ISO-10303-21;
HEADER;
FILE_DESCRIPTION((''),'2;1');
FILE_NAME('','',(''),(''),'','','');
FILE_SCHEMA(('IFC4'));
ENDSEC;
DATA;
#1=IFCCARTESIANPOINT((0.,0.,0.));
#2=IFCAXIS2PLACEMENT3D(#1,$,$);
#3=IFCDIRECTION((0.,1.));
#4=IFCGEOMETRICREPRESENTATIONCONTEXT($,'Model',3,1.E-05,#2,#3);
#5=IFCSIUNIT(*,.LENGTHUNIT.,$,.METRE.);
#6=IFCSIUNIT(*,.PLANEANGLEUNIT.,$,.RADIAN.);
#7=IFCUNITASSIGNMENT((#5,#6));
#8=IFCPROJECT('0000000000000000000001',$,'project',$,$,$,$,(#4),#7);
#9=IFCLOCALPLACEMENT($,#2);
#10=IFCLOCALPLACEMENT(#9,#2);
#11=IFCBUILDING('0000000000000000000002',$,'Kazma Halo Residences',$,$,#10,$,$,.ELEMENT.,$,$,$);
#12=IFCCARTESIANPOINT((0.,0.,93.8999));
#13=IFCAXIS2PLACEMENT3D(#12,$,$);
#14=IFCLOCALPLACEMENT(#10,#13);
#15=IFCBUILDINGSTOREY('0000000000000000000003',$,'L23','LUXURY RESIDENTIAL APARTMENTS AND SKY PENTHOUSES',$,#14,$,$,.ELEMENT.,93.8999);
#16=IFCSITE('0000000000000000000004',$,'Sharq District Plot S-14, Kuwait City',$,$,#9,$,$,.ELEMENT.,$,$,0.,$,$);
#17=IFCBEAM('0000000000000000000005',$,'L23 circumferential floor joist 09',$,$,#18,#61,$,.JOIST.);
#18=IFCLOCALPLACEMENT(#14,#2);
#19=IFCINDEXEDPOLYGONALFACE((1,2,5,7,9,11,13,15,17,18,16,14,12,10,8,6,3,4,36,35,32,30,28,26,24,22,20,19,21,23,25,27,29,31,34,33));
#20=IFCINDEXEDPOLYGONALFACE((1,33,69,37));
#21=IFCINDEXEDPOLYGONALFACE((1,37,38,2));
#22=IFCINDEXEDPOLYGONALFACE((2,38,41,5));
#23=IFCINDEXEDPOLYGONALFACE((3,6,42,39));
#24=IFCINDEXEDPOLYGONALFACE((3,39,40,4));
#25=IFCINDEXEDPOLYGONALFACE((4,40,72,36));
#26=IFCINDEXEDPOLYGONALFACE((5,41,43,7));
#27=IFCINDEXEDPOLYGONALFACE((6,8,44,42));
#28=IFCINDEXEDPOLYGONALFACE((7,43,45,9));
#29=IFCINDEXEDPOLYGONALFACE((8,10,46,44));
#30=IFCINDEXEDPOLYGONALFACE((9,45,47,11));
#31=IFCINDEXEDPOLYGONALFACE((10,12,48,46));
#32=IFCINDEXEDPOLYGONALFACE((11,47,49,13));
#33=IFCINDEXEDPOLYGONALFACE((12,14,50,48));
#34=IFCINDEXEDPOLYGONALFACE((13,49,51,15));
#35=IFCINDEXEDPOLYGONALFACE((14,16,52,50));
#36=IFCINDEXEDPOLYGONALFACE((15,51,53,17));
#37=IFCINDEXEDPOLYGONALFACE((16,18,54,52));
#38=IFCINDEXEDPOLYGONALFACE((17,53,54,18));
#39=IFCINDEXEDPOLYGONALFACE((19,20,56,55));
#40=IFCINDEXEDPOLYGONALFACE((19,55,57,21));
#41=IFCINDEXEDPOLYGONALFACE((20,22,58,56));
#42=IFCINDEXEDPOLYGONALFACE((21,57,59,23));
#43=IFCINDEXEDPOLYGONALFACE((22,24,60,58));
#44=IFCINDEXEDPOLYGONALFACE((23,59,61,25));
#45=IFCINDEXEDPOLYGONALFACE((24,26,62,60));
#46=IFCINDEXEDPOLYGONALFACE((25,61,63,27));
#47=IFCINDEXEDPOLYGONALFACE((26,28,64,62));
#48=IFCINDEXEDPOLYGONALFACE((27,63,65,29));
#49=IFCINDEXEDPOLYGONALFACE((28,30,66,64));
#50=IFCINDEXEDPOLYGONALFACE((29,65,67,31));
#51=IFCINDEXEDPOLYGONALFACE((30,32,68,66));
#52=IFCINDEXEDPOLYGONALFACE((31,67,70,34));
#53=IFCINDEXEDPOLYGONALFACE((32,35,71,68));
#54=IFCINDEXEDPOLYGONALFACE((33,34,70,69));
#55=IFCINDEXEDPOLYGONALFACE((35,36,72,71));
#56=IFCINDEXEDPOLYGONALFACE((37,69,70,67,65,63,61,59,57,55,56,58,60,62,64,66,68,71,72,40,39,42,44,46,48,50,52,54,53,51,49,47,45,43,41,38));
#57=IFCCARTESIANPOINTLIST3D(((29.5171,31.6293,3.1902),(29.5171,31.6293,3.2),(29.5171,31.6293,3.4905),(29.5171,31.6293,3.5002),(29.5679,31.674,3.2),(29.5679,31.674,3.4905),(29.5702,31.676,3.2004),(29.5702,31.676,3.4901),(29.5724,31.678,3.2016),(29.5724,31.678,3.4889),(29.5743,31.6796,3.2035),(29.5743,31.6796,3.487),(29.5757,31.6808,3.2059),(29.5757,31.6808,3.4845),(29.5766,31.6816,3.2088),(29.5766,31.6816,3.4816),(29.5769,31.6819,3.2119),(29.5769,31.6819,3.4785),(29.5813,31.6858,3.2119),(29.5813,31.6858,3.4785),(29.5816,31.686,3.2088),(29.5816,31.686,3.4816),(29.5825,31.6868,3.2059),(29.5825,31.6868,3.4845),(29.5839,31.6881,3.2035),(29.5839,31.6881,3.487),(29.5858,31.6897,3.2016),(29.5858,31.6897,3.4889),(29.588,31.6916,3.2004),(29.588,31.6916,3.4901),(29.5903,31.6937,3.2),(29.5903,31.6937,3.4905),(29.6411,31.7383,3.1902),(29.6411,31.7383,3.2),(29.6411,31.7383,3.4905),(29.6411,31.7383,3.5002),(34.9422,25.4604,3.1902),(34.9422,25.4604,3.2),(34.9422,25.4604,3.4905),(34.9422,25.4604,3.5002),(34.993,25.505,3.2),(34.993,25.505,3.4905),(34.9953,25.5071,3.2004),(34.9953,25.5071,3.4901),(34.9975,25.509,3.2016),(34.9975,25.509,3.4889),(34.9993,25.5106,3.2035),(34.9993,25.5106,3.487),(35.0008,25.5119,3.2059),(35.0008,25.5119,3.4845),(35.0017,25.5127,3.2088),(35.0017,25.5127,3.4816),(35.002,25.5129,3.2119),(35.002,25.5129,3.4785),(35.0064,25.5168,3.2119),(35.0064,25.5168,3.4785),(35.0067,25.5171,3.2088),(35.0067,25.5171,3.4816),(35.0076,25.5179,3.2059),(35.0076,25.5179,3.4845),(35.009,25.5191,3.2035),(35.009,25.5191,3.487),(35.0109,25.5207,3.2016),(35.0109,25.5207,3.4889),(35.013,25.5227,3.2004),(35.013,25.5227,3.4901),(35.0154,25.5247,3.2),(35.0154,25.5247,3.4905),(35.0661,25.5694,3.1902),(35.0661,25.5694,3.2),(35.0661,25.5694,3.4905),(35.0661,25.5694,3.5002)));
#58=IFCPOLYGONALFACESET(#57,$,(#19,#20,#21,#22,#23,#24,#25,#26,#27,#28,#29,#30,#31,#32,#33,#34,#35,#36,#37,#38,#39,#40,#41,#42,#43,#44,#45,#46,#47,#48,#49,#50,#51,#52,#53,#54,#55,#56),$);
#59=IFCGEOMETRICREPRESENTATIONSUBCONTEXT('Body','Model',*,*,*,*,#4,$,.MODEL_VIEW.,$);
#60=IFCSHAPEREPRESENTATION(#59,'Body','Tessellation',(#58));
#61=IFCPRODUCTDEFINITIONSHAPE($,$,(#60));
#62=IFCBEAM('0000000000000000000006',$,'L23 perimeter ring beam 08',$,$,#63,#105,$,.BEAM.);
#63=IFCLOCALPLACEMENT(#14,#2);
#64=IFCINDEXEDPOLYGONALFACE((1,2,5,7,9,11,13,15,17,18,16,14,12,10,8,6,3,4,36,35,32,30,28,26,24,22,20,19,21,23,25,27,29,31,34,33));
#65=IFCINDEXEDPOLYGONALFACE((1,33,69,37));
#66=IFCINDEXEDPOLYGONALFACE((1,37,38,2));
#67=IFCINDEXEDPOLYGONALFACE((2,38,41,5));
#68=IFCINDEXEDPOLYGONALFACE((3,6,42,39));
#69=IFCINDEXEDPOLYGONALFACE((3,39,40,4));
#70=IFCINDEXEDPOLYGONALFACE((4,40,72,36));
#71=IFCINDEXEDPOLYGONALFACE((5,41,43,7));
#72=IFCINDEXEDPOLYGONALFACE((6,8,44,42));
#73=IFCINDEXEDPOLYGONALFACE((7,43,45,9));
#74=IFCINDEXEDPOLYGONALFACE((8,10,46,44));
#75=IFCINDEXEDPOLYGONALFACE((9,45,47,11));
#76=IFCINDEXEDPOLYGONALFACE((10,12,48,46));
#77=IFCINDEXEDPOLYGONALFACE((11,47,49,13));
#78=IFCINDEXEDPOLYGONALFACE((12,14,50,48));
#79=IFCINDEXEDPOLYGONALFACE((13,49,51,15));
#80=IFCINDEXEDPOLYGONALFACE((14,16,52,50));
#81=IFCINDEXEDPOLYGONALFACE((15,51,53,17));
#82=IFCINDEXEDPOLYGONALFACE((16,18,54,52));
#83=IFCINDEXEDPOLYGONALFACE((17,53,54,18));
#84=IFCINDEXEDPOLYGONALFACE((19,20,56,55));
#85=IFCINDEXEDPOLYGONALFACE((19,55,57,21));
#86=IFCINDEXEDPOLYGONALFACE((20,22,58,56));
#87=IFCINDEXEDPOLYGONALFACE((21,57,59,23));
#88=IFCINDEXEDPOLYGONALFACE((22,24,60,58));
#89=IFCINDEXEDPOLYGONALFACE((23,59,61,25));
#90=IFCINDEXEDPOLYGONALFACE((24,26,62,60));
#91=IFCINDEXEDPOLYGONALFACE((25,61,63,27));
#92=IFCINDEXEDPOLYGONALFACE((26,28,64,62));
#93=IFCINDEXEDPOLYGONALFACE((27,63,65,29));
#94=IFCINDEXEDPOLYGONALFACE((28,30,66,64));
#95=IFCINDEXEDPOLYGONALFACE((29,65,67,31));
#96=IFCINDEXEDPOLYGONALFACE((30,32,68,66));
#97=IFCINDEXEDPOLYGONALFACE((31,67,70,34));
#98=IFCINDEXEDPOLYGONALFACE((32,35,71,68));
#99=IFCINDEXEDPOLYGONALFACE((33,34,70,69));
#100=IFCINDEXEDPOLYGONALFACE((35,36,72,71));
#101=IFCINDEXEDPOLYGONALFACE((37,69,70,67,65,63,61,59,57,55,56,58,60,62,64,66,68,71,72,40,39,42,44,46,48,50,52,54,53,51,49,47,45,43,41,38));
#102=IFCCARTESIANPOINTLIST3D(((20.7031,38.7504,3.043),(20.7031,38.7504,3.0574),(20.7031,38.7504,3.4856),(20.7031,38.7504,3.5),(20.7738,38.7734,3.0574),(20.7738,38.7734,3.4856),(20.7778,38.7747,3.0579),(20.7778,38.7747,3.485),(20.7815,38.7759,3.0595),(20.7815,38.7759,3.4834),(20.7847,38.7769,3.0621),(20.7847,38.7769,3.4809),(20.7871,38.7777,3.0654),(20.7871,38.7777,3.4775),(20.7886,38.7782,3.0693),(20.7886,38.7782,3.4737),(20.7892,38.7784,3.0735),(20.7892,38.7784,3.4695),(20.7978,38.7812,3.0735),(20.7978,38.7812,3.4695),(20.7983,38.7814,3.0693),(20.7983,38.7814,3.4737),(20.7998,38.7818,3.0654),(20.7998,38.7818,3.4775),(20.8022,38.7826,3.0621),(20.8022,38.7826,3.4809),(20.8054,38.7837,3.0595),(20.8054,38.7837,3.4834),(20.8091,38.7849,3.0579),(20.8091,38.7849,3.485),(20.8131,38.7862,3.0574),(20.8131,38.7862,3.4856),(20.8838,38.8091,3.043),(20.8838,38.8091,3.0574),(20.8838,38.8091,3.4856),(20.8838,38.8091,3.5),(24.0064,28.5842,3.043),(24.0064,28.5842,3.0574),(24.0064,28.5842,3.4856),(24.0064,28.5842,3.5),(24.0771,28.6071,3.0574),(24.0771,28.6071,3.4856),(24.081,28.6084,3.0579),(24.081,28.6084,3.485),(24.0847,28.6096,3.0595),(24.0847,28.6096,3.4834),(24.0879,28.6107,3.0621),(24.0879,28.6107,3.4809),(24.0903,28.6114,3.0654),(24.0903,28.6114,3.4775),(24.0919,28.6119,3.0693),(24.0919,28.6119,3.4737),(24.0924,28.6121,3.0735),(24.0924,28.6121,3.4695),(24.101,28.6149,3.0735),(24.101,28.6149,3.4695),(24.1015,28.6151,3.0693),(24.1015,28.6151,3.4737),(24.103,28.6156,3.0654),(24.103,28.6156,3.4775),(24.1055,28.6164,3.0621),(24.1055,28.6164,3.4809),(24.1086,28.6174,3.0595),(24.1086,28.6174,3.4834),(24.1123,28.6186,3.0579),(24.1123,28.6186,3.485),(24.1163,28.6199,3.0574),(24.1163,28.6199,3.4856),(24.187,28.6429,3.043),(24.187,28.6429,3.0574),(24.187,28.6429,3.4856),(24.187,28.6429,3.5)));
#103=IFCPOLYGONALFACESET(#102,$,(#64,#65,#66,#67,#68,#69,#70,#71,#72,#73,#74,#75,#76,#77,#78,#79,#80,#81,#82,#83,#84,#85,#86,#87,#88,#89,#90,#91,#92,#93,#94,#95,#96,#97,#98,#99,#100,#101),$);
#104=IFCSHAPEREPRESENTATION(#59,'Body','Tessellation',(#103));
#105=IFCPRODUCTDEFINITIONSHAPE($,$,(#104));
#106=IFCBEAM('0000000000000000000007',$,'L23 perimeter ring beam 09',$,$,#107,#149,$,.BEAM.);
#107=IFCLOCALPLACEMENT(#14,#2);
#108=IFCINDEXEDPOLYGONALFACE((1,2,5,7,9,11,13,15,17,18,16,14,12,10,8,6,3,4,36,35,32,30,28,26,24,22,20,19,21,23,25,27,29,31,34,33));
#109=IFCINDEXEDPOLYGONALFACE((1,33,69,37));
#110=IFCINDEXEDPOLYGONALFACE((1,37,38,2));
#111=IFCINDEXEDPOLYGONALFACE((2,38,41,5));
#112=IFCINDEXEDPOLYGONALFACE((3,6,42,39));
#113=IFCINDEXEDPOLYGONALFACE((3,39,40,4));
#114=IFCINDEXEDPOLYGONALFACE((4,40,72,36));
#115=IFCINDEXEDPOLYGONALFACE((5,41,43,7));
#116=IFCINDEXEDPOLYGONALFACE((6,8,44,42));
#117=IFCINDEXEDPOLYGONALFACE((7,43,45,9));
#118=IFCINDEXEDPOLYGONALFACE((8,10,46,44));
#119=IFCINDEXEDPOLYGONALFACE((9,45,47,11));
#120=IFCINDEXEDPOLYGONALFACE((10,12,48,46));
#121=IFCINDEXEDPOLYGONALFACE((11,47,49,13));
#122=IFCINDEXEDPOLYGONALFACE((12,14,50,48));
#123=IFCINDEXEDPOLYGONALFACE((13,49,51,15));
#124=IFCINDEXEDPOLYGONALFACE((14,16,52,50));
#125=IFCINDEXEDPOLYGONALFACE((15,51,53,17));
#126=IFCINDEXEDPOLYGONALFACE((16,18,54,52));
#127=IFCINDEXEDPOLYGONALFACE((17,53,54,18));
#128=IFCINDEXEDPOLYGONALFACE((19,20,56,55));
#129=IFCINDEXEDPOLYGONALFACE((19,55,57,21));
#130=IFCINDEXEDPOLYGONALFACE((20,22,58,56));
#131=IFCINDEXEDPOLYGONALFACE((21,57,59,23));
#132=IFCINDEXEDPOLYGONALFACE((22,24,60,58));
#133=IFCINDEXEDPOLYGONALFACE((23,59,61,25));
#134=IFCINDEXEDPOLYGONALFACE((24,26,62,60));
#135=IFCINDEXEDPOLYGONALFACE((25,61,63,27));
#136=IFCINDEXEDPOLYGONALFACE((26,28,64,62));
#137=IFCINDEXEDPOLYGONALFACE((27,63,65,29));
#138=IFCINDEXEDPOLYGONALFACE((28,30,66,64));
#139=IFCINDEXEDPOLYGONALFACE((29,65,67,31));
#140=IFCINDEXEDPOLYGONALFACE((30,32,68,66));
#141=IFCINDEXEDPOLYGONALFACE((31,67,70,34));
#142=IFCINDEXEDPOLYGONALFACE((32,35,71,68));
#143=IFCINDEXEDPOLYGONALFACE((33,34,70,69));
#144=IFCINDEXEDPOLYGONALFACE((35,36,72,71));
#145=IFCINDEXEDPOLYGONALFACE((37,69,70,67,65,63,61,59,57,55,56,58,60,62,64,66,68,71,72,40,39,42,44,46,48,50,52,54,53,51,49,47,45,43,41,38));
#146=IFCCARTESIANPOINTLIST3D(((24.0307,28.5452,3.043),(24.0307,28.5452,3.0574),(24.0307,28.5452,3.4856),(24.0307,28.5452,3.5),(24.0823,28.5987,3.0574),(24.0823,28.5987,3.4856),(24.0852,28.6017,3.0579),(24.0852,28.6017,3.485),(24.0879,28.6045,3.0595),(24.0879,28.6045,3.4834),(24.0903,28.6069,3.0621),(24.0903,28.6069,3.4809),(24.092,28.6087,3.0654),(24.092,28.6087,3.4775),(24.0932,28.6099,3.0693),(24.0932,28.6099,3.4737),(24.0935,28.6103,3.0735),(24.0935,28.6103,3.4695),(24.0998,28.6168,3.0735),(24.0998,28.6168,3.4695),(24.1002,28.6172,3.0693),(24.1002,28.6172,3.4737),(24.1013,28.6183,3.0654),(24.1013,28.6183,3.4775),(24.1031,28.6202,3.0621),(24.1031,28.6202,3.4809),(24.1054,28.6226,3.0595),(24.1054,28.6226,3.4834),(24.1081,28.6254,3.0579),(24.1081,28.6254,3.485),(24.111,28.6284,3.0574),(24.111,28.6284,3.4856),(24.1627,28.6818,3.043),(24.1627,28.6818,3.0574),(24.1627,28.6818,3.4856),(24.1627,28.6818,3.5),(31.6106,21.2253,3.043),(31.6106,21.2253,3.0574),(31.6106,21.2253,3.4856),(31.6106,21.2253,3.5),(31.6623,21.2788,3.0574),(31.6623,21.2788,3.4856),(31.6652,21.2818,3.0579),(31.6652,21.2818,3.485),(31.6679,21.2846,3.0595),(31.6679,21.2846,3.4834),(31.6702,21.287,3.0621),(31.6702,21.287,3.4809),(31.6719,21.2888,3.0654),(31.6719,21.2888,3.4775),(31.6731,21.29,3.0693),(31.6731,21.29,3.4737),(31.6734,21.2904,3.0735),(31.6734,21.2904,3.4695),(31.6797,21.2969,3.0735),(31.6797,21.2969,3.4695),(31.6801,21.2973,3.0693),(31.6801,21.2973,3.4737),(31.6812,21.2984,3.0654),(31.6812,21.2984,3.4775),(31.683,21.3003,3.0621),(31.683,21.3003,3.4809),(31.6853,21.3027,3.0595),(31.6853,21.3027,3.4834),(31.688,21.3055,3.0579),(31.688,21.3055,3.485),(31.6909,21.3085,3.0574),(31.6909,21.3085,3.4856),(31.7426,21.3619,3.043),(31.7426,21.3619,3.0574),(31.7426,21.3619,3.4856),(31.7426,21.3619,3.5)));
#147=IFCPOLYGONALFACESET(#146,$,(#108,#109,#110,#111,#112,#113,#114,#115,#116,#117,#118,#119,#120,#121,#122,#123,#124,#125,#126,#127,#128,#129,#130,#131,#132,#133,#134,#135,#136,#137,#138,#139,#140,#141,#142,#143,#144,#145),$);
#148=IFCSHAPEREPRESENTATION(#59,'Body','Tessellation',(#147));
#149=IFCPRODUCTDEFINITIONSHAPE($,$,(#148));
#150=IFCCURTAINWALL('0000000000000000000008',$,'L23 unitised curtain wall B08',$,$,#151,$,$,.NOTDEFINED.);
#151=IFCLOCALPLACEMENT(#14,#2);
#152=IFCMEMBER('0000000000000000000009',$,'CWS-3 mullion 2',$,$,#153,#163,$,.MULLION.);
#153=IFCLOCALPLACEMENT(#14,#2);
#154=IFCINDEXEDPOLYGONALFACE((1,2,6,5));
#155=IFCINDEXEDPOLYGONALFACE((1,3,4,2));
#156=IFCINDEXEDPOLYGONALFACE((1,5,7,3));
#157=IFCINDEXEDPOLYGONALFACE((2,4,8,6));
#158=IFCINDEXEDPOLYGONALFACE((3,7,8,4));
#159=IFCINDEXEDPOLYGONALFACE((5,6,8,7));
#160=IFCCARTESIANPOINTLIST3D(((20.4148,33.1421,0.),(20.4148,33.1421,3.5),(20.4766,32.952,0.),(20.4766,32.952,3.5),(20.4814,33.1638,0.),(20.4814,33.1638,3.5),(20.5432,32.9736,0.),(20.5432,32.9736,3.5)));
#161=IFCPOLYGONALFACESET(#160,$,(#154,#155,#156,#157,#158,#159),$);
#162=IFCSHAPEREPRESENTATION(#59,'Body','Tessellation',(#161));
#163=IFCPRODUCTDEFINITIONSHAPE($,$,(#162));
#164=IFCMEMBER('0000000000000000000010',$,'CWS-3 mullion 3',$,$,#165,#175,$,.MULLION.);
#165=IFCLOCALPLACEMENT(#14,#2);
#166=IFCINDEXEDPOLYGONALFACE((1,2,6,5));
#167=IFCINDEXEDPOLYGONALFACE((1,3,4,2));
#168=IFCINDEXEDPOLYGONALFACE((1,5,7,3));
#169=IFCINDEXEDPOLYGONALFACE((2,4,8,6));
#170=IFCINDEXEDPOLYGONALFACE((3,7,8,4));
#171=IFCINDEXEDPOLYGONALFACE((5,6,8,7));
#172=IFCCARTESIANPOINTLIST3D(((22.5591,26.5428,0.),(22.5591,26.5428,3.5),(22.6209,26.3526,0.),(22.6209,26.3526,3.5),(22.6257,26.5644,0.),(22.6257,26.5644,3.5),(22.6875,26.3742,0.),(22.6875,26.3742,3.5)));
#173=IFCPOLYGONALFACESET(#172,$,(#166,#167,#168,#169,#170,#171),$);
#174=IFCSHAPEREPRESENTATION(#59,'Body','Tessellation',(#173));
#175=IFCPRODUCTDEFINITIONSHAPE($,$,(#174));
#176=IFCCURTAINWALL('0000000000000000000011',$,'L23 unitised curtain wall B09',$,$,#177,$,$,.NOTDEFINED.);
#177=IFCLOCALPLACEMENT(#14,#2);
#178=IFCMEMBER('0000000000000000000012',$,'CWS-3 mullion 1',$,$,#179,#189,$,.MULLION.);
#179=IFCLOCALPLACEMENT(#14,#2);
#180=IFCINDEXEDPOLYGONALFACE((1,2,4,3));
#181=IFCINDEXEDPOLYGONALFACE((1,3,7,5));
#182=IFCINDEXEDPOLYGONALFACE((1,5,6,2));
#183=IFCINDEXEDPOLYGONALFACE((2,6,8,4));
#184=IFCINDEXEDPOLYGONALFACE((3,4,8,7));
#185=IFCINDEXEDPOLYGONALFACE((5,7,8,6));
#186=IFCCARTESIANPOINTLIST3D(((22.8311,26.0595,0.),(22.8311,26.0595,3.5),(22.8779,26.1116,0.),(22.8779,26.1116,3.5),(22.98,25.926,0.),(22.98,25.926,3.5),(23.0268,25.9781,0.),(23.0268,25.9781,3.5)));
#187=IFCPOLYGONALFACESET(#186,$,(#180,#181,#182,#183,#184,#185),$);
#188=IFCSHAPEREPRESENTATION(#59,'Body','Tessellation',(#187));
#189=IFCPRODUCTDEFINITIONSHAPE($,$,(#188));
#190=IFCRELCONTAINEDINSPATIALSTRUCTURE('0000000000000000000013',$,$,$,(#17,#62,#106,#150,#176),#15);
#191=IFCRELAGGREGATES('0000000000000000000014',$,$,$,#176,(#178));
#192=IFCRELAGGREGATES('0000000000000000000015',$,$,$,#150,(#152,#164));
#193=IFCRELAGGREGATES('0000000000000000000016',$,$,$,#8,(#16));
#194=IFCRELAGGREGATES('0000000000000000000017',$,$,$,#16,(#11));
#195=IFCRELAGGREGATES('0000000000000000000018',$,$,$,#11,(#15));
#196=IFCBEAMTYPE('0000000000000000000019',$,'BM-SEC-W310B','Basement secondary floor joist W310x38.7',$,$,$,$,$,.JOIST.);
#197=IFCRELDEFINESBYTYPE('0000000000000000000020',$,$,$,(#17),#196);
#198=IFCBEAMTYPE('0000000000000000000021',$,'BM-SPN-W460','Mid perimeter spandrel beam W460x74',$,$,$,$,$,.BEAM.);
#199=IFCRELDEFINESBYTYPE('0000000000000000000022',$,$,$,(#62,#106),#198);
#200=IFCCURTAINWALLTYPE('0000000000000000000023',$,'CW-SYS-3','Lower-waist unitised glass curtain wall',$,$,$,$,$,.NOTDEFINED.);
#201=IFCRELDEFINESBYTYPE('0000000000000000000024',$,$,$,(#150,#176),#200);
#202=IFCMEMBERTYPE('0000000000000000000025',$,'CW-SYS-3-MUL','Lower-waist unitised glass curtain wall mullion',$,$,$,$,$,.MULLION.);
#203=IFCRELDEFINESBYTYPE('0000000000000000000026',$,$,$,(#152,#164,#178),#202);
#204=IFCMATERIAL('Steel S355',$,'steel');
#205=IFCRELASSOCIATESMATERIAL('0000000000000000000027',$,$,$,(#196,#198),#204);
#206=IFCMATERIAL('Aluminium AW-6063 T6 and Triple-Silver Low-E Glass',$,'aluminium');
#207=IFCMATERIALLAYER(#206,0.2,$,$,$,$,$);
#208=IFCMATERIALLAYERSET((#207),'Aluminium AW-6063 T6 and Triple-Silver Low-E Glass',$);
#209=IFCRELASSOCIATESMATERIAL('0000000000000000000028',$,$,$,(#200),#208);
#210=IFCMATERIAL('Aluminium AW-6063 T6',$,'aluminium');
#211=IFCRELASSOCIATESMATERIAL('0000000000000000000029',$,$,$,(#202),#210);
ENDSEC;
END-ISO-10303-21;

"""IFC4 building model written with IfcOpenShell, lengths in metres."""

from ifc_helpers import new_model, si_unit, direction, frame, origin, origin_2d, place, context, subcontext, project, spatial, rectangle, i_section, extrude, material, layer, layer_set, material_profile, profile_set, type_object, element, aggregate, save


model = new_model("IFC4")

# Units and contexts
model_context = context("Model", 3, precision=1e-05, world=origin(), true_north=direction((0.0, 1.0)))
body_context = subcontext(model_context, "Body", "Model", "MODEL_VIEW")
ifc_project = project(units=[si_unit("LENGTHUNIT", "METRE"), si_unit("PLANEANGLEUNIT", "RADIAN")], contexts=[model_context])

# Site, building, storey
site_placement = place(None, origin())
site = spatial("IfcSite", under=ifc_project, at=site_placement, Name="Sharq District Plot S-14, Kuwait City", CompositionType="ELEMENT", RefElevation=0.0)
building_placement = place(site_placement, origin())
building = spatial("IfcBuilding", under=site, at=building_placement, Name="Kazma Halo Residences", CompositionType="ELEMENT")
storey_placement = place(building_placement, frame((0.0, 0.0, 93.8999)))
storey = spatial("IfcBuildingStorey", under=building, at=storey_placement, Name="L23", Description="LUXURY RESIDENTIAL APARTMENTS AND SKY PENTHOUSES", CompositionType="ELEMENT", Elevation=93.8999)

# Beams
ifc_material_1 = material(Name="Steel S355", Category="steel")
ifc_material_profile_1 = material_profile(ifc_material_1, i_section(OverallWidth=0.165, OverallDepth=0.3101, WebThickness=0.0059, FlangeThickness=0.0098, FilletRadius=0.012, at=origin_2d()), Name="W310x38.7")
ifc_profile_set_1 = profile_set([ifc_material_profile_1], Name="Steel S355")
beam_type_1 = type_object("IfcBeamType", Name="BM-SEC-W310B", Description="Basement secondary floor joist W310x38.7", PredefinedType="JOIST", material=ifc_profile_set_1)
beam_1_placement = place(storey_placement, frame((29.5791, 31.6838, 3.3452), z_axis=(0.660379, -0.750932, 0.0), x_axis=(0.750932, 0.660379, 0.0)))
element("IfcBeam", 1, at=beam_1_placement, inside=storey, type_object=beam_type_1, Name="L23 circumferential floor joist 09", PredefinedType="JOIST", context=body_context, shape_type="SweptSolid", body=[
    extrude(i_section(OverallWidth=0.165, OverallDepth=0.3101, WebThickness=0.0059, FlangeThickness=0.0098, FilletRadius=0.012, at=origin_2d()), origin(), (0.0, 0.0, 1.0), 8.2151),
])
ifc_material_profile_2 = material_profile(ifc_material_1, i_section(OverallWidth=0.1899, OverallDepth=0.457, WebThickness=0.009, FlangeThickness=0.0144, FilletRadius=0.0161, at=origin_2d()), Name="W460x74")
ifc_profile_set_2 = profile_set([ifc_material_profile_2], Name="Steel S355")
beam_type_2 = type_object("IfcBeamType", Name="BM-SPN-W460", Description="Mid perimeter spandrel beam W460x74", PredefinedType="BEAM", material=ifc_profile_set_2)
beam_2_placement = place(storey_placement, frame((20.7935, 38.7798, 3.2715), z_axis=(0.309017, -0.951056, 0.0), x_axis=(0.951056, 0.309017, 0.0)))
element("IfcBeam", 2, at=beam_2_placement, inside=storey, type_object=beam_type_2, Name="L23 perimeter ring beam 08", PredefinedType="BEAM", context=body_context, shape_type="SweptSolid", body=[
    extrude(i_section(OverallWidth=0.1899, OverallDepth=0.457, WebThickness=0.009, FlangeThickness=0.0144, FilletRadius=0.0161, at=origin_2d()), origin(), (0.0, 0.0, 1.0), 10.6895),
])
beam_3_placement = place(storey_placement, frame((24.0967, 28.6135, 3.2715), z_axis=(0.719337, -0.694661, 0.0), x_axis=(0.694661, 0.719337, 0.0)))
element("IfcBeam", 3, at=beam_3_placement, inside=storey, type_object=beam_type_2, Name="L23 perimeter ring beam 09", PredefinedType="BEAM", context=body_context, shape_type="SweptSolid", body=[
    extrude(i_section(OverallWidth=0.1899, OverallDepth=0.457, WebThickness=0.009, FlangeThickness=0.0144, FilletRadius=0.0161, at=origin_2d()), origin(), (0.0, 0.0, 1.0), 10.5374),
])

# Curtain wall, members
ifc_material_2 = material(Name="Aluminium AW-6063 T6 and Triple-Silver Low-E Glass", Category="aluminium")
ifc_layer_1 = layer(ifc_material_2, 0.2)
ifc_layer_set_1 = layer_set([ifc_layer_1], Name="Aluminium AW-6063 T6 and Triple-Silver Low-E Glass")
curtain_wall_type = type_object("IfcCurtainWallType", Name="CW-SYS-3", Description="Lower-waist unitised glass curtain wall", PredefinedType="NOTDEFINED", material=ifc_layer_set_1)
curtain_wall_1_placement = place(storey_placement, origin())
curtain_wall_1 = element("IfcCurtainWall", 4, at=curtain_wall_1_placement, inside=storey, type_object=curtain_wall_type, Name="L23 unitised curtain wall B08", PredefinedType="NOTDEFINED")
ifc_material_3 = material(Name="Aluminium AW-6063 T6", Category="aluminium")
ifc_material_profile_3 = material_profile(ifc_material_3, rectangle(XDim=0.0701, YDim=0.2, at=origin_2d()), Name="CWM-70x200")
ifc_profile_set_3 = profile_set([ifc_material_profile_3], Name="Aluminium AW-6063 T6")
member_type_1 = type_object("IfcMemberType", Name="CW-SYS-3-MUL", Description="Lower-waist unitised glass curtain wall mullion", PredefinedType="MULLION", material=ifc_profile_set_3)
member_1_placement = place(storey_placement, frame((20.479, 33.0579, 0.0), z_axis=(0.0, 0.0, 1.0), x_axis=(0.951058, 0.309013, 0.0)))
member_1 = element("IfcMember", 5, at=member_1_placement, type_object=member_type_1, Name="CWS-3 mullion 2", PredefinedType="MULLION", context=body_context, shape_type="SweptSolid", body=[
    extrude(rectangle(XDim=0.0701, YDim=0.2, at=origin_2d()), origin(), (0.0, 0.0, 1.0), 3.5),
])
member_2_placement = place(storey_placement, frame((22.6233, 26.4585, 0.0), z_axis=(0.0, 0.0, 1.0), x_axis=(0.951058, 0.309013, 0.0)))
member_2 = element("IfcMember", 6, at=member_2_placement, type_object=member_type_1, Name="CWS-3 mullion 3", PredefinedType="MULLION", context=body_context, shape_type="SweptSolid", body=[
    extrude(rectangle(XDim=0.0701, YDim=0.2, at=origin_2d()), origin(), (0.0, 0.0, 1.0), 3.5),
])

# Curtain wall, member
curtain_wall_2_placement = place(storey_placement, origin())
curtain_wall_2 = element("IfcCurtainWall", 7, at=curtain_wall_2_placement, inside=storey, type_object=curtain_wall_type, Name="L23 unitised curtain wall B09", PredefinedType="NOTDEFINED")
member_3_placement = place(storey_placement, frame((22.929, 26.0188, 0.0), z_axis=(0.0, 0.0, 1.0), x_axis=(0.667795, 0.744345, 0.0)))
member_3 = element("IfcMember", 8, at=member_3_placement, type_object=member_type_1, Name="CWS-3 mullion 1", PredefinedType="MULLION", context=body_context, shape_type="SweptSolid", body=[
    extrude(rectangle(XDim=0.0701, YDim=0.2, at=origin_2d()), origin(), (0.0, 0.0, 1.0), 3.5),
])
aggregate(curtain_wall_2, [member_3])

aggregate(curtain_wall_1, [member_1, member_2])

save(model, "model.ifc")
